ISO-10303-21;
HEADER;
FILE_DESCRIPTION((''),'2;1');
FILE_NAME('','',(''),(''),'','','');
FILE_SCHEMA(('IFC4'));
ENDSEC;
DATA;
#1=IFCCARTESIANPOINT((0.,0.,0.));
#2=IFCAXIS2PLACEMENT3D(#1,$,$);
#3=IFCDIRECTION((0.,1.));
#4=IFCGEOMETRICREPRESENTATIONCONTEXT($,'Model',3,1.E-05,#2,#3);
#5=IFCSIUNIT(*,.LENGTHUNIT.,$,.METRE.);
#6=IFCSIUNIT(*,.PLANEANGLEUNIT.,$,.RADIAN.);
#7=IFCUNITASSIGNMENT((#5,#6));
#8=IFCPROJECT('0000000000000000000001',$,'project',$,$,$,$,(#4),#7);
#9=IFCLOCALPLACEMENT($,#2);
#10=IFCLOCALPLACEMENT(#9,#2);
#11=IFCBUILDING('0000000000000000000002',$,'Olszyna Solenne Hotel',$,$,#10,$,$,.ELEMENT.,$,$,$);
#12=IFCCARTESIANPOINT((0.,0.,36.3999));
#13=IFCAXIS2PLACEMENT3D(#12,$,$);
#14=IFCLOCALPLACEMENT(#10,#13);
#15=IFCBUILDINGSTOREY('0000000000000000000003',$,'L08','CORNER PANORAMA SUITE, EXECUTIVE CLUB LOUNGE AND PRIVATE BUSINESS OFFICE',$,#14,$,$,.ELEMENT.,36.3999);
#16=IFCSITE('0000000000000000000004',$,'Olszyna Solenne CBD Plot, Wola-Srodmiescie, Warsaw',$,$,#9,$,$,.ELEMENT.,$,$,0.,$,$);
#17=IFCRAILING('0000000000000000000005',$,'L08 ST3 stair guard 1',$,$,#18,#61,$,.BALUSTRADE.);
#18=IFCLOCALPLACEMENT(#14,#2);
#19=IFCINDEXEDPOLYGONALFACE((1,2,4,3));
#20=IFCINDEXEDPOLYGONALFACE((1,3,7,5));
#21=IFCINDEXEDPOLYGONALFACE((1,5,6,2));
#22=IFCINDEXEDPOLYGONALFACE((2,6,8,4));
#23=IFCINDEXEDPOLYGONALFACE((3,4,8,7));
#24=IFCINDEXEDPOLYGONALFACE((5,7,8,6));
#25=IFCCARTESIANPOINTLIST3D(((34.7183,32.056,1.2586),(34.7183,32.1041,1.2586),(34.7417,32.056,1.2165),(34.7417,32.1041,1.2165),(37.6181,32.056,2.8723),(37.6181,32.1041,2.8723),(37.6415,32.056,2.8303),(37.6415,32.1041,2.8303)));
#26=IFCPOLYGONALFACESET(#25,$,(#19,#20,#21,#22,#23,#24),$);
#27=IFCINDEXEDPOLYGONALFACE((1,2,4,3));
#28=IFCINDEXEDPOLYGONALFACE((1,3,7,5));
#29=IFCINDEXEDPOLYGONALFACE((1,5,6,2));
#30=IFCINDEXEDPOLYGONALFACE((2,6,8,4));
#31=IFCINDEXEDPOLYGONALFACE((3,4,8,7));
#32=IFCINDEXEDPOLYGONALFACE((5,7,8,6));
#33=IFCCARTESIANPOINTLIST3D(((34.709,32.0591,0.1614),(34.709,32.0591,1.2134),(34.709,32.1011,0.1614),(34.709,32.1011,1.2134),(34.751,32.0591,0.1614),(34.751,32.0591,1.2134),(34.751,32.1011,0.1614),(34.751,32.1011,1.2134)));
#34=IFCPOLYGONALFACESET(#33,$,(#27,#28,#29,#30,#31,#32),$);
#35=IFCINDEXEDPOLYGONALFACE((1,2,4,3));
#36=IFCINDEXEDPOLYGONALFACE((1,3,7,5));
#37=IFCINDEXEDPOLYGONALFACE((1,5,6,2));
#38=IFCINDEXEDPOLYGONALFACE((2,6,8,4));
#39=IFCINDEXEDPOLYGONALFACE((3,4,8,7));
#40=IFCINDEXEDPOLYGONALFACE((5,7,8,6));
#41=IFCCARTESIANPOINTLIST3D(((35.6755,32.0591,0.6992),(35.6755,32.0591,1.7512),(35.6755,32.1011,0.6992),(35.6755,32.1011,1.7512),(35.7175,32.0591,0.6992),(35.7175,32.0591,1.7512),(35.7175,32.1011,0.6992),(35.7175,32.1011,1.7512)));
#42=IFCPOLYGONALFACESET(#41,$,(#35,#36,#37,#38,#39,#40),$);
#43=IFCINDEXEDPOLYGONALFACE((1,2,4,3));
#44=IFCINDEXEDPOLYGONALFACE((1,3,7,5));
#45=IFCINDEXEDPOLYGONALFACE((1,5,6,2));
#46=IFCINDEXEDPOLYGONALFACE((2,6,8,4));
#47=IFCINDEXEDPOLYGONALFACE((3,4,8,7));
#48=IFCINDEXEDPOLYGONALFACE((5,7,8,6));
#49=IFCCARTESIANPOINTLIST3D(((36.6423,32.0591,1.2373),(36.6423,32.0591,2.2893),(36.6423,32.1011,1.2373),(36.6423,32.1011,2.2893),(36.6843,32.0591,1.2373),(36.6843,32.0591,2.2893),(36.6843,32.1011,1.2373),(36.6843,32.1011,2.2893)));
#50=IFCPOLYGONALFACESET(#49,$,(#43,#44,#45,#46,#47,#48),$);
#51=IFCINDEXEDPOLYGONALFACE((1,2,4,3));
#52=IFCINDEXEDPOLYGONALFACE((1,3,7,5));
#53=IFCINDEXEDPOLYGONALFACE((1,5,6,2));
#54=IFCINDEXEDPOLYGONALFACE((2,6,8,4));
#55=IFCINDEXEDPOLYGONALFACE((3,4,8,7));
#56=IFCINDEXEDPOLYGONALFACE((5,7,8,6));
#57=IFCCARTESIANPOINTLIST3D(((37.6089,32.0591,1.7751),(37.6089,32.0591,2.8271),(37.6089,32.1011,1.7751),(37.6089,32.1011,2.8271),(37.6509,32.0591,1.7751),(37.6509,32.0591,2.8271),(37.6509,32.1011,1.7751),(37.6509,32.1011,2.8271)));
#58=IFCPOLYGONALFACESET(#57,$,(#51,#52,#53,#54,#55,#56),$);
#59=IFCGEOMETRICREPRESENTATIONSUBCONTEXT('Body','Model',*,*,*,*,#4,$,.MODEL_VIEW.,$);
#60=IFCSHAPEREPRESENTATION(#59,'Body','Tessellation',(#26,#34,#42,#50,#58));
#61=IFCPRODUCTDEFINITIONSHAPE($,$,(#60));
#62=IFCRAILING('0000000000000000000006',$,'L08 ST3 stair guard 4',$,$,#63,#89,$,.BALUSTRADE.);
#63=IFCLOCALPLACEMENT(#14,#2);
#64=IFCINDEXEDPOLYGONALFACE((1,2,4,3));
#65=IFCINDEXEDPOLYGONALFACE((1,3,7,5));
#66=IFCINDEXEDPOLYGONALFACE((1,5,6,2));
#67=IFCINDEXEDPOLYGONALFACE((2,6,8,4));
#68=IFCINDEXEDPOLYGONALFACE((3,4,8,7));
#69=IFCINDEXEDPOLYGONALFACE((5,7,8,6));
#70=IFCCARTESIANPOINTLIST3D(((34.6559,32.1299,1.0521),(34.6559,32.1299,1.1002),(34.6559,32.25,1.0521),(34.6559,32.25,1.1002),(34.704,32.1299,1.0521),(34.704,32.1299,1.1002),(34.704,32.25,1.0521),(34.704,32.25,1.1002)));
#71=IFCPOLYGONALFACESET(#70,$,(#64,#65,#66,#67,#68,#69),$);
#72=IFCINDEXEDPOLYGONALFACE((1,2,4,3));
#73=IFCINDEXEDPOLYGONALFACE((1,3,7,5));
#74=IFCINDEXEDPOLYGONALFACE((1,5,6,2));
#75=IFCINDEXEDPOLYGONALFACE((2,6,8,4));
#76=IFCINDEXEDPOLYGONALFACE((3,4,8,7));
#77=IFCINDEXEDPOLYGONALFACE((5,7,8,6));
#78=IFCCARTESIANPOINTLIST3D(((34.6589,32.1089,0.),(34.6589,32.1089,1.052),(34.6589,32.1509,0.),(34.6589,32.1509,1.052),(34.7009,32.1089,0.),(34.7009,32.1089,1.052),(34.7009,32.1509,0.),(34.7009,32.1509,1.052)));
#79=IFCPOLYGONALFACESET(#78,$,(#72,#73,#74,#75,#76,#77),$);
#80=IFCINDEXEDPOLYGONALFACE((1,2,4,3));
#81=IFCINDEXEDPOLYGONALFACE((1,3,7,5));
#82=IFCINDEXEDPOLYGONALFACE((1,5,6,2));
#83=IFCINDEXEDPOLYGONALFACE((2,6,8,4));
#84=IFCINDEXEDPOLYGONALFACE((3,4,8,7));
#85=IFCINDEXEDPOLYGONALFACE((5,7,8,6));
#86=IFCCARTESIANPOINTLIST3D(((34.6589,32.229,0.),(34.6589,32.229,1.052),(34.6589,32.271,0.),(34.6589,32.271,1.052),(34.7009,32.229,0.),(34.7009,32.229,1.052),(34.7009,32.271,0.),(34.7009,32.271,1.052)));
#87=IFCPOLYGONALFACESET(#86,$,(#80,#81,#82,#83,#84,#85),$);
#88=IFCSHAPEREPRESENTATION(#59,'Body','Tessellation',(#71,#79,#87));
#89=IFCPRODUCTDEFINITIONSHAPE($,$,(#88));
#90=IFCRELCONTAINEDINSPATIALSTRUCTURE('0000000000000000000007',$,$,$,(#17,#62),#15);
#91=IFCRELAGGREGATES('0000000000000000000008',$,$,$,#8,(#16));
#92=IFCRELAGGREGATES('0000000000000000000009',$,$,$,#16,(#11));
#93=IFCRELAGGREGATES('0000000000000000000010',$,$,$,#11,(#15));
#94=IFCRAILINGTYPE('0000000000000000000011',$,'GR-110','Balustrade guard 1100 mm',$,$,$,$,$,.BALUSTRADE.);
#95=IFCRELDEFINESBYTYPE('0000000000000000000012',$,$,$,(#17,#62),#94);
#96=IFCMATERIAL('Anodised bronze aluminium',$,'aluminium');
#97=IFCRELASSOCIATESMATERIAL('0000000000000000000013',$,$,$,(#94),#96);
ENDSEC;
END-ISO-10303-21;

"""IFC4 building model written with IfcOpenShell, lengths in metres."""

from ifc_helpers import new_model, si_unit, direction, frame, origin, origin_2d, place, context, subcontext, project, spatial, rectangle, extrude, material, type_object, element, save


model = new_model("IFC4")

# Units and contexts
model_context = context("Model", 3, precision=1e-05, world=origin(), true_north=direction((0.0, 1.0)))
body_context = subcontext(model_context, "Body", "Model", "MODEL_VIEW")
ifc_project = project(units=[si_unit("LENGTHUNIT", "METRE"), si_unit("PLANEANGLEUNIT", "RADIAN")], contexts=[model_context])

# Site, building, storey
site_placement = place(None, origin())
site = spatial("IfcSite", under=ifc_project, at=site_placement, Name="Olszyna Solenne CBD Plot, Wola-Srodmiescie, Warsaw", CompositionType="ELEMENT", RefElevation=0.0)
building_placement = place(site_placement, origin())
building = spatial("IfcBuilding", under=site, at=building_placement, Name="Olszyna Solenne Hotel", CompositionType="ELEMENT")
storey_placement = place(building_placement, frame((0.0, 0.0, 36.3999)))
storey = spatial("IfcBuildingStorey", under=building, at=storey_placement, Name="L08", Description="CORNER PANORAMA SUITE, EXECUTIVE CLUB LOUNGE AND PRIVATE BUSINESS OFFICE", CompositionType="ELEMENT", Elevation=36.3999)

# Shared definitions
ifc_material_1 = material(Name="Anodised bronze aluminium", Category="aluminium")

# Railings
railing_type = type_object("IfcRailingType", Name="GR-110", Description="Balustrade guard 1100 mm", PredefinedType="BALUSTRADE", material=ifc_material_1)
railing_1_placement = place(storey_placement, frame((34.73, 32.0801, 0.1614)))
element("IfcRailing", 1, at=railing_1_placement, inside=storey, type_object=railing_type, Name="L08 ST3 stair guard 1", PredefinedType="BALUSTRADE", context=body_context, shape_type="SweptSolid", body=[
    extrude(rectangle(XDim=0.0481, YDim=0.0481, at=origin_2d()), frame((0.0, 0.0, 1.0762), z_axis=(0.87381, 0.0, 0.486267), x_axis=(0.0, 1.0, 0.0)), (0.0, 0.0, 1.0), 3.3186),
    extrude(rectangle(XDim=0.042, YDim=0.042, at=origin_2d()), origin(), (0.0, 0.0, 1.0), 1.052),
    extrude(rectangle(XDim=0.042, YDim=0.042, at=origin_2d()), frame((0.9666, 0.0, 0.5378)), (0.0, 0.0, 1.0), 1.052),
    extrude(rectangle(XDim=0.042, YDim=0.042, at=origin_2d()), frame((1.9333, 0.0, 1.0759)), (0.0, 0.0, 1.0), 1.052),
    extrude(rectangle(XDim=0.042, YDim=0.042, at=origin_2d()), frame((2.8999, 0.0, 1.6138)), (0.0, 0.0, 1.0), 1.052),
])
railing_2_placement = place(storey_placement, frame((34.6799, 32.1299, 0.0)))
element("IfcRailing", 2, at=railing_2_placement, inside=storey, type_object=railing_type, Name="L08 ST3 stair guard 4", PredefinedType="BALUSTRADE", context=body_context, shape_type="SweptSolid", body=[
    extrude(rectangle(XDim=0.0481, YDim=0.0481, at=origin_2d()), frame((0.0, 0.0, 1.0762), z_axis=(0.0, 1.0, 0.0), x_axis=(-1.0, 0.0, 0.0)), (0.0, 0.0, 1.0), 0.1201),
    extrude(rectangle(XDim=0.042, YDim=0.042, at=origin_2d()), origin(), (0.0, 0.0, 1.0), 1.052),
    extrude(rectangle(XDim=0.042, YDim=0.042, at=origin_2d()), frame((0.0, 0.1201, 0.0)), (0.0, 0.0, 1.0), 1.052),
])

save(model, "model.ifc")
